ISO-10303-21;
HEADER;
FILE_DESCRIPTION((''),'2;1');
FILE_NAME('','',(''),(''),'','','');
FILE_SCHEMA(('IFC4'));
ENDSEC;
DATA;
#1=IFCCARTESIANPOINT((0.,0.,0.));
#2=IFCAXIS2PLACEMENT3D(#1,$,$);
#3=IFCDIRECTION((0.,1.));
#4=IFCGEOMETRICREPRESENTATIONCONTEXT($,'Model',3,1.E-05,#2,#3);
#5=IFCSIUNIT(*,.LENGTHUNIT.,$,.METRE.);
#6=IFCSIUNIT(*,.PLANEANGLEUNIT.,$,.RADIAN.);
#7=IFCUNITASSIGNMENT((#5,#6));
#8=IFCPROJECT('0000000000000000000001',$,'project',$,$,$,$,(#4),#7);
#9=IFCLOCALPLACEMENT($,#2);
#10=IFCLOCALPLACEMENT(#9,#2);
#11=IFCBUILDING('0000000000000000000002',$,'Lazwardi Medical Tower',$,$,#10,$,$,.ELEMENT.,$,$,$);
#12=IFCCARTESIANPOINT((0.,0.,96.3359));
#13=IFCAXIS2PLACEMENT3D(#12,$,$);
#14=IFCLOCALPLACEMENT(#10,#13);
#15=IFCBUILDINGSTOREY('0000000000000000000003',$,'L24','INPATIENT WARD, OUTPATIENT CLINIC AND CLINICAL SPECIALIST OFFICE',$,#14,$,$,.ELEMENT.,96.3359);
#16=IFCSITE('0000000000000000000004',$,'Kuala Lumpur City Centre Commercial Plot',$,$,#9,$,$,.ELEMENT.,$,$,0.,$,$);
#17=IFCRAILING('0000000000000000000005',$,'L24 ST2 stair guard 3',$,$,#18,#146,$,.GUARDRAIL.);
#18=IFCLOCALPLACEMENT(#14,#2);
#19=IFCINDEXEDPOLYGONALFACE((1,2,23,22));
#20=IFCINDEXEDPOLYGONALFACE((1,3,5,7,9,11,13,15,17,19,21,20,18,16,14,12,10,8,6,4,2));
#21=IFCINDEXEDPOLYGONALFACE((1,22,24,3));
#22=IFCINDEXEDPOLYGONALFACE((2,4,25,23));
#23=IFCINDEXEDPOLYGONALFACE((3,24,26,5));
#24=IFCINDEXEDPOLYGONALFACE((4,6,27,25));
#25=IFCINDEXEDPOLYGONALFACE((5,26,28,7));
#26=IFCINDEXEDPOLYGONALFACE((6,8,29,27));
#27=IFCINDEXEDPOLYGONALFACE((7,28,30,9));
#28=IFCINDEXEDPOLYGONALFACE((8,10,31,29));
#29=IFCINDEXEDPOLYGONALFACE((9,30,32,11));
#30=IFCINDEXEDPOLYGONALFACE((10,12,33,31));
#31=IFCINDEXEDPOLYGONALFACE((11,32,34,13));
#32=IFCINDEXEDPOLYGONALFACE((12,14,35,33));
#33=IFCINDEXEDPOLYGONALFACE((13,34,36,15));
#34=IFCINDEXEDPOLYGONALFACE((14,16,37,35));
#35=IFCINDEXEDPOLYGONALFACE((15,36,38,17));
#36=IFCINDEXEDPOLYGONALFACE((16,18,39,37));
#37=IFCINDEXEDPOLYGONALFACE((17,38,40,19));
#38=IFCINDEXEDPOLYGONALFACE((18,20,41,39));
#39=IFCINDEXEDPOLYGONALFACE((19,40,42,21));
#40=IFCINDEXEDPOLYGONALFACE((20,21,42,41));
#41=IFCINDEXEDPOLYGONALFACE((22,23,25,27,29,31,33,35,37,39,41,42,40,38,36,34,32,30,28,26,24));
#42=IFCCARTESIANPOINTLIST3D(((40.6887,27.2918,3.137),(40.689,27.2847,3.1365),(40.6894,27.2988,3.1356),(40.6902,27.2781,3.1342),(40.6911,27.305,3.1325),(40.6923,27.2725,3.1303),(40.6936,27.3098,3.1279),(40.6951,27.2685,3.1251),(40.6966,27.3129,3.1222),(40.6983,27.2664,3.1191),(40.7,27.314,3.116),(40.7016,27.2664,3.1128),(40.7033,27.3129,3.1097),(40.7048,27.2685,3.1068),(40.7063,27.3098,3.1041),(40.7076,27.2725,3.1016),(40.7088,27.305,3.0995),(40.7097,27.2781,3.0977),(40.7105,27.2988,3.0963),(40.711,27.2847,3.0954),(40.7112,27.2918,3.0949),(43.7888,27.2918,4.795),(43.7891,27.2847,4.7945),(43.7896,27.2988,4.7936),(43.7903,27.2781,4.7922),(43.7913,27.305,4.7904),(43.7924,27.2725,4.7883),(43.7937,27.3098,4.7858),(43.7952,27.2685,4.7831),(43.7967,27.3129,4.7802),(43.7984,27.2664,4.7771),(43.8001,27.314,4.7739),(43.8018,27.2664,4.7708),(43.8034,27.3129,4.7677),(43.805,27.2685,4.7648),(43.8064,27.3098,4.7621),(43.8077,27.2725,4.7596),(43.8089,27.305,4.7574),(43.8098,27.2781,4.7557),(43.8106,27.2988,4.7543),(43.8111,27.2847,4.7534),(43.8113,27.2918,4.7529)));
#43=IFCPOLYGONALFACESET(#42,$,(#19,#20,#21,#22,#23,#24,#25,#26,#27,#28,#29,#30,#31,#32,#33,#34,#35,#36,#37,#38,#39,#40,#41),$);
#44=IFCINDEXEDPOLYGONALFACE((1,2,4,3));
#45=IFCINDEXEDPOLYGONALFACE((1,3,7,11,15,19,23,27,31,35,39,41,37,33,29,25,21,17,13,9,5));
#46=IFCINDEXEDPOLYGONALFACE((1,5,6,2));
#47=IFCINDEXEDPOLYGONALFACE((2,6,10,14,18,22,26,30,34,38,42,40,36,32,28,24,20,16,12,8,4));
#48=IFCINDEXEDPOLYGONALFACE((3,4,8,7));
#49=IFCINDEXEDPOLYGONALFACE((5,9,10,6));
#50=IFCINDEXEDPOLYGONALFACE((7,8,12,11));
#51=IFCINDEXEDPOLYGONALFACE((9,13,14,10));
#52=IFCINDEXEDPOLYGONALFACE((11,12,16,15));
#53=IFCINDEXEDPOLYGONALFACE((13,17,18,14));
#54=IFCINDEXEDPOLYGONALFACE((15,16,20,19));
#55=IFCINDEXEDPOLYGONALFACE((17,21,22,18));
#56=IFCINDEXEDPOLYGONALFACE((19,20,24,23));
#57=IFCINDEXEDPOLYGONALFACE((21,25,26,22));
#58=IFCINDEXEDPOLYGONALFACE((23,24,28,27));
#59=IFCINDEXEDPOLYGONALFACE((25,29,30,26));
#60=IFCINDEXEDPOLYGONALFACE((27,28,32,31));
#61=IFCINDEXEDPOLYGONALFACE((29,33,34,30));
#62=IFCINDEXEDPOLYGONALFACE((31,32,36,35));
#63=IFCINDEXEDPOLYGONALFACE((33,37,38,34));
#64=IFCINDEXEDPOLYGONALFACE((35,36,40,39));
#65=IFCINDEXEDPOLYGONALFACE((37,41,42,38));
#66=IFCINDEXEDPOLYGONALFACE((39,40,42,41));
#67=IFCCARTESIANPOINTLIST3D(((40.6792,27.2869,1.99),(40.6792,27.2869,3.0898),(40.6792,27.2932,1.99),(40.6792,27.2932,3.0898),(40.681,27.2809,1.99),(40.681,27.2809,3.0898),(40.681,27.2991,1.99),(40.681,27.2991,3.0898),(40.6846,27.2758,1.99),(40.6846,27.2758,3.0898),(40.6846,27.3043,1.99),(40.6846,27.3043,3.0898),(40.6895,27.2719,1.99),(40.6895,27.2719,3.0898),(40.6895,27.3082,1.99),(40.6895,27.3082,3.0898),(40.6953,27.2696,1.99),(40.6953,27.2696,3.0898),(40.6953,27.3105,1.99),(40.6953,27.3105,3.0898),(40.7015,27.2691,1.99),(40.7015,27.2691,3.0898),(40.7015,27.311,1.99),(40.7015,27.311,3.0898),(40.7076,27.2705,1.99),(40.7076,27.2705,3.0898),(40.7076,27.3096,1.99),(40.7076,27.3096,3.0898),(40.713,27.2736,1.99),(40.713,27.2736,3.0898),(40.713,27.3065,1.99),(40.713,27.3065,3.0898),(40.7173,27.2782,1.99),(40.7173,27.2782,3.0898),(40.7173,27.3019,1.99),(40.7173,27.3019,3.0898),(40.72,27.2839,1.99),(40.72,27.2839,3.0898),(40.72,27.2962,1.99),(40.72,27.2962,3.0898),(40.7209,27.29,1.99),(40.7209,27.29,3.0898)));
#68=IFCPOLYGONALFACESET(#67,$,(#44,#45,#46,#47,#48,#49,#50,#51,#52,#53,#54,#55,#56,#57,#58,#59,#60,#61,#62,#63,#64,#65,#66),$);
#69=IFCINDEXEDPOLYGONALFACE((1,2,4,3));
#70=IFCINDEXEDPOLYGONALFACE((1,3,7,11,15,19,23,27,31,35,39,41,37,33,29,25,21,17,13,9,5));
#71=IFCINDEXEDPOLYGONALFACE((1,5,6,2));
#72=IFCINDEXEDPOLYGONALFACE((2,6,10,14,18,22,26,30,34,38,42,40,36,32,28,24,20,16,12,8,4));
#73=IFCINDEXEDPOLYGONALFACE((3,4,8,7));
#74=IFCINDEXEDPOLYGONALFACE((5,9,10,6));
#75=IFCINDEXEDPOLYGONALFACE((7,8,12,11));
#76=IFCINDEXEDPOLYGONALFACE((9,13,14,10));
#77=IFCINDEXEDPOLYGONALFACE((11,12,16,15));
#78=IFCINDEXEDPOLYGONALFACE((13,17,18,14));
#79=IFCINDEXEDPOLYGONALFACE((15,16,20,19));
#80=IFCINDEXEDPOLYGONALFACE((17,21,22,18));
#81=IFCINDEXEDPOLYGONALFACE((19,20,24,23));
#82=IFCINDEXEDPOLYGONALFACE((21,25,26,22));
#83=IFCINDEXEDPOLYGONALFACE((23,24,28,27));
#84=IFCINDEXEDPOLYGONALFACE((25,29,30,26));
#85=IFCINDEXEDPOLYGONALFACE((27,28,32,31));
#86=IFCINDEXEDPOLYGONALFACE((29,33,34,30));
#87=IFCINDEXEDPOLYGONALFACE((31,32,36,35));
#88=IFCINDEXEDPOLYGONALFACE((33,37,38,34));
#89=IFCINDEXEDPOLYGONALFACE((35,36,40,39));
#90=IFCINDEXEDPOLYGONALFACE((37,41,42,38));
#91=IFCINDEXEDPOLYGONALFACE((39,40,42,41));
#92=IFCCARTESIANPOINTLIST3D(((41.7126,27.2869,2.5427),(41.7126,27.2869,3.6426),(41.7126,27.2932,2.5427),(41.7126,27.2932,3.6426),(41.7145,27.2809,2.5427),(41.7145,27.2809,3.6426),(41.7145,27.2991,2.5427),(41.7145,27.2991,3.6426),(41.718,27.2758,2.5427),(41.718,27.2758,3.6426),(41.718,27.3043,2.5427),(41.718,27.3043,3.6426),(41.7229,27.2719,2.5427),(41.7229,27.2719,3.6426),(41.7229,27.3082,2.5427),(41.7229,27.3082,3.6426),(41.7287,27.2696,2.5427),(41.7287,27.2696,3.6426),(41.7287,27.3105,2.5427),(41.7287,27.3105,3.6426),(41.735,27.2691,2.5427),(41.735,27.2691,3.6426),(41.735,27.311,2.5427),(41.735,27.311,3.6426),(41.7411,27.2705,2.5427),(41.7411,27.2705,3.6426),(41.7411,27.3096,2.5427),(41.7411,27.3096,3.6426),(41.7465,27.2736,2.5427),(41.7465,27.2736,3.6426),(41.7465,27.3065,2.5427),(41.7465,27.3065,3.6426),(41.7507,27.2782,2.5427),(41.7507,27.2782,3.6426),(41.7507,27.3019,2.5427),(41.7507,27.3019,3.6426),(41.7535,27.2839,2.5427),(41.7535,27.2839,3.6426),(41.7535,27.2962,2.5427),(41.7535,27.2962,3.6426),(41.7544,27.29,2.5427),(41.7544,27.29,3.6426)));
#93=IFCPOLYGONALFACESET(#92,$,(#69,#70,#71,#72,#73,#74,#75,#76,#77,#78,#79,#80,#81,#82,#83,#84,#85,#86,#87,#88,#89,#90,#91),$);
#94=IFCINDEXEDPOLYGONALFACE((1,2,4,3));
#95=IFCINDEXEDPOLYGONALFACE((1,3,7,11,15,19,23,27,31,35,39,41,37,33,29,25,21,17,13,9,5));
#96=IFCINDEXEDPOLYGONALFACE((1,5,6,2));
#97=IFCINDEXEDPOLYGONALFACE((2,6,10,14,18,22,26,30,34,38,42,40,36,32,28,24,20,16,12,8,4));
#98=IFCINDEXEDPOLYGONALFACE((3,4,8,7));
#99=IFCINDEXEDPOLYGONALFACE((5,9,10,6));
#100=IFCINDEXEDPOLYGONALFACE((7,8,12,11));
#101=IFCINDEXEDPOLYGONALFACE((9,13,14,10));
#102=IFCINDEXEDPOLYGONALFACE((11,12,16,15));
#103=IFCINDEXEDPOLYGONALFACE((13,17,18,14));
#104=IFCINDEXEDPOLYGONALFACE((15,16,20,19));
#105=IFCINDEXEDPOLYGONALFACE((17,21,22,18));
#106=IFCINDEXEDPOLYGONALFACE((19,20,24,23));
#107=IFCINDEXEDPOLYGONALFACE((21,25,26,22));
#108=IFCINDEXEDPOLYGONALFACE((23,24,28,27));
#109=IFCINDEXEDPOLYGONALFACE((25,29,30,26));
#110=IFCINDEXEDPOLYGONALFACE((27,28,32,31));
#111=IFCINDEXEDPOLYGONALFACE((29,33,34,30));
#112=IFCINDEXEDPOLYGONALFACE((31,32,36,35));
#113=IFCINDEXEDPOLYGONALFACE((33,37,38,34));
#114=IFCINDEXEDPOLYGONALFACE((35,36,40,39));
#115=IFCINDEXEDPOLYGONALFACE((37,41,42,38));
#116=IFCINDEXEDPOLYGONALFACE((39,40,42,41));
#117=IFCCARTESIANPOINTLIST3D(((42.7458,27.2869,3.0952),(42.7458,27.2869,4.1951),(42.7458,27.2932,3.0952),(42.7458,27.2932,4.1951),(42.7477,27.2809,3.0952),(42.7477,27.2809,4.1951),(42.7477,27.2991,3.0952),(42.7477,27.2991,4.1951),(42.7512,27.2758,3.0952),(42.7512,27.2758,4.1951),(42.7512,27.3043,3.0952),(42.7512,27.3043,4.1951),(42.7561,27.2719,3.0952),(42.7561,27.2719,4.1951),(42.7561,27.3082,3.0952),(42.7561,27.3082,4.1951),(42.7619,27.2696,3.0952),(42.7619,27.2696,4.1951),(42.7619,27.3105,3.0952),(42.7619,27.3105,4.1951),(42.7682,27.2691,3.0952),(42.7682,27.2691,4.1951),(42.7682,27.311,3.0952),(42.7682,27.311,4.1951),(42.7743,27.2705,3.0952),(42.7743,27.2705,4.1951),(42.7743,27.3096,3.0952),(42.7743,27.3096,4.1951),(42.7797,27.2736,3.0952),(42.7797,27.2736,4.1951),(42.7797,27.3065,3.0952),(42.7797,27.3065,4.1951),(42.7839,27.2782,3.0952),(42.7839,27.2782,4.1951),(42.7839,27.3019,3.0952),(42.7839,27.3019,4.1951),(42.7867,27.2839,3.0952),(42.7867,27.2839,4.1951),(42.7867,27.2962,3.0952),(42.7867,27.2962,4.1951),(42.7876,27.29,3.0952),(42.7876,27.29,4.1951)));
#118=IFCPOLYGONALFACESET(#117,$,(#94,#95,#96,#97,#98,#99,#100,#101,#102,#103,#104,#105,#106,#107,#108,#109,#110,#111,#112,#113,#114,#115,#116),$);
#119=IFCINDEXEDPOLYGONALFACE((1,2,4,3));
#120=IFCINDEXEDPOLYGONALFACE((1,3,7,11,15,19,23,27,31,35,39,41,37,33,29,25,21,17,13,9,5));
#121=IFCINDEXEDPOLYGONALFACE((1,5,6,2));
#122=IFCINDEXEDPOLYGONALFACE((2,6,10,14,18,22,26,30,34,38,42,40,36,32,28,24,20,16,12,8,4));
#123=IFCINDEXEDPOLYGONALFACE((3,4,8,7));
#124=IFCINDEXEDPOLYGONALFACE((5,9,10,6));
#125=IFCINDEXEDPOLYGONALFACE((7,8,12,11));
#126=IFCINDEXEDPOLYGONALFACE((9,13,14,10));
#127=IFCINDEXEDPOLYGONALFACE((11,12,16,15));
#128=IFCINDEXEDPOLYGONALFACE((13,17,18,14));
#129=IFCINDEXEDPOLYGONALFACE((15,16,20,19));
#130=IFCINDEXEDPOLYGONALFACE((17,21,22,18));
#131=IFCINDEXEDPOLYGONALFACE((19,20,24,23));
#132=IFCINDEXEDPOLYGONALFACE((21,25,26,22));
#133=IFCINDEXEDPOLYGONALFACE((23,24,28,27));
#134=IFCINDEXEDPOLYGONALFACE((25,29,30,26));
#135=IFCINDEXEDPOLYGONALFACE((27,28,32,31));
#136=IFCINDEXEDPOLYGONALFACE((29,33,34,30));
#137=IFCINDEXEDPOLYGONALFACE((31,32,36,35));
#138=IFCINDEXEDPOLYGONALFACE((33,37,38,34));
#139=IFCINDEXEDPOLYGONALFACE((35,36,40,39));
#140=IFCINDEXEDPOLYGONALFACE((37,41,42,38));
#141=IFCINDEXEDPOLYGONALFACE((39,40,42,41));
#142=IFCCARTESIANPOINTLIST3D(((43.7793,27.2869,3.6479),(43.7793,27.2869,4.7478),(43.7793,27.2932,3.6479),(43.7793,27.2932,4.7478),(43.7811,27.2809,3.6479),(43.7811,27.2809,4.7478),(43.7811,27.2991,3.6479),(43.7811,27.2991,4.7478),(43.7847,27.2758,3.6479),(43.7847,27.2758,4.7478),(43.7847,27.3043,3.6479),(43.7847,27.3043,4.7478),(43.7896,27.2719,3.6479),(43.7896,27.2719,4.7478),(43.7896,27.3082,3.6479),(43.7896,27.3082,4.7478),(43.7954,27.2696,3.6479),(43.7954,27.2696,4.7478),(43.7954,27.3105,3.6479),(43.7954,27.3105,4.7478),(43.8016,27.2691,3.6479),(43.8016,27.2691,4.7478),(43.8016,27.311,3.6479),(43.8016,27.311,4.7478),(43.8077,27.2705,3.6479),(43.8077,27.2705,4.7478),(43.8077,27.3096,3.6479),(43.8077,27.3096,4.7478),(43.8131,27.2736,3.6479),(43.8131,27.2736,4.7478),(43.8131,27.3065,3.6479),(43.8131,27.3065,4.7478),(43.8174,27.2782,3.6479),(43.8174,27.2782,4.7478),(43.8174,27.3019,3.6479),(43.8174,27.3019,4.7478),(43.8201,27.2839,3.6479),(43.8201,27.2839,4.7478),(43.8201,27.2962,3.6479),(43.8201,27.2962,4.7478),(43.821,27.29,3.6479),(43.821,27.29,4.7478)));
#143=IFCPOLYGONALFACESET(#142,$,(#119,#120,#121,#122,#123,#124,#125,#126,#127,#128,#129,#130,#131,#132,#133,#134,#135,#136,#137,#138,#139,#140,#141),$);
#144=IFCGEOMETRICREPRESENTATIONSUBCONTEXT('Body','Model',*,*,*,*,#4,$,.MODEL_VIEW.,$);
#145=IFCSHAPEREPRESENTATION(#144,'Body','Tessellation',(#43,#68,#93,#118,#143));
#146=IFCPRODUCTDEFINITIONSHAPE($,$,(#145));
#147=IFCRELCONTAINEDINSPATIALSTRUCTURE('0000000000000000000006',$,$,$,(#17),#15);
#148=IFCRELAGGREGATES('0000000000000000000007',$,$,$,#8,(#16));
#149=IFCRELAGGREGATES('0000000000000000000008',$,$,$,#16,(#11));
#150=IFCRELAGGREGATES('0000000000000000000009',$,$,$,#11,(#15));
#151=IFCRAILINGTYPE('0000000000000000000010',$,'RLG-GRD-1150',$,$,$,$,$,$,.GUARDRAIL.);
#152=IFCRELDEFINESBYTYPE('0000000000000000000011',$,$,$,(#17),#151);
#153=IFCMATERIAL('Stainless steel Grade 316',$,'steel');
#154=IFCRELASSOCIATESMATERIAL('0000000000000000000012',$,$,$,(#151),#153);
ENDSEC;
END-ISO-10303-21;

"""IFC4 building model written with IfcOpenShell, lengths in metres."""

from ifc_helpers import new_model, si_unit, direction, frame, origin, origin_2d, place, context, subcontext, project, spatial, circle, extrude, material, type_object, element, save


model = new_model("IFC4")

# Units and contexts
model_context = context("Model", 3, precision=1e-05, world=origin(), true_north=direction((0.0, 1.0)))
body_context = subcontext(model_context, "Body", "Model", "MODEL_VIEW")
ifc_project = project(units=[si_unit("LENGTHUNIT", "METRE"), si_unit("PLANEANGLEUNIT", "RADIAN")], contexts=[model_context])

# Site, building, storey
site_placement = place(None, origin())
site = spatial("IfcSite", under=ifc_project, at=site_placement, Name="Kuala Lumpur City Centre Commercial Plot", CompositionType="ELEMENT", RefElevation=0.0)
building_placement = place(site_placement, origin())
building = spatial("IfcBuilding", under=site, at=building_placement, Name="Lazwardi Medical Tower", CompositionType="ELEMENT")
storey_placement = place(building_placement, frame((0.0, 0.0, 96.3359)))
storey = spatial("IfcBuildingStorey", under=building, at=storey_placement, Name="L24", Description="INPATIENT WARD, OUTPATIENT CLINIC AND CLINICAL SPECIALIST OFFICE", CompositionType="ELEMENT", Elevation=96.3359)

# Railing
ifc_material_1 = material(Name="Stainless steel Grade 316", Category="steel")
railing_type_1 = type_object("IfcRailingType", Name="RLG-GRD-1150", PredefinedType="GUARDRAIL", material=ifc_material_1)
railing_1_placement = place(storey_placement, frame((40.7, 27.29, 1.99)))
element("IfcRailing", 1, at=railing_1_placement, inside=storey, type_object=railing_type_1, Name="L24 ST2 stair guard 3", PredefinedType="GUARDRAIL", context=body_context, shape_type="SweptSolid", body=[
    extrude(circle(Radius=0.0239, at=origin_2d()), frame((0.0, 0.0, 1.126), z_axis=(0.881812, 0.0, 0.471601), x_axis=(0.0, 1.0, 0.0)), (0.0, 0.0, 1.0), 3.5156),
    extrude(circle(Radius=0.021, at=origin_2d()), origin(), (0.0, 0.0, 1.0), 1.0999),
    extrude(circle(Radius=0.021, at=origin_2d()), frame((1.0334, 0.0, 0.5527)), (0.0, 0.0, 1.0), 1.0999),
    extrude(circle(Radius=0.021, at=origin_2d()), frame((2.0667, 0.0, 1.1052)), (0.0, 0.0, 1.0), 1.0999),
    extrude(circle(Radius=0.021, at=origin_2d()), frame((3.1001, 0.0, 1.658)), (0.0, 0.0, 1.0), 1.0999),
])

save(model, "model.ifc")
